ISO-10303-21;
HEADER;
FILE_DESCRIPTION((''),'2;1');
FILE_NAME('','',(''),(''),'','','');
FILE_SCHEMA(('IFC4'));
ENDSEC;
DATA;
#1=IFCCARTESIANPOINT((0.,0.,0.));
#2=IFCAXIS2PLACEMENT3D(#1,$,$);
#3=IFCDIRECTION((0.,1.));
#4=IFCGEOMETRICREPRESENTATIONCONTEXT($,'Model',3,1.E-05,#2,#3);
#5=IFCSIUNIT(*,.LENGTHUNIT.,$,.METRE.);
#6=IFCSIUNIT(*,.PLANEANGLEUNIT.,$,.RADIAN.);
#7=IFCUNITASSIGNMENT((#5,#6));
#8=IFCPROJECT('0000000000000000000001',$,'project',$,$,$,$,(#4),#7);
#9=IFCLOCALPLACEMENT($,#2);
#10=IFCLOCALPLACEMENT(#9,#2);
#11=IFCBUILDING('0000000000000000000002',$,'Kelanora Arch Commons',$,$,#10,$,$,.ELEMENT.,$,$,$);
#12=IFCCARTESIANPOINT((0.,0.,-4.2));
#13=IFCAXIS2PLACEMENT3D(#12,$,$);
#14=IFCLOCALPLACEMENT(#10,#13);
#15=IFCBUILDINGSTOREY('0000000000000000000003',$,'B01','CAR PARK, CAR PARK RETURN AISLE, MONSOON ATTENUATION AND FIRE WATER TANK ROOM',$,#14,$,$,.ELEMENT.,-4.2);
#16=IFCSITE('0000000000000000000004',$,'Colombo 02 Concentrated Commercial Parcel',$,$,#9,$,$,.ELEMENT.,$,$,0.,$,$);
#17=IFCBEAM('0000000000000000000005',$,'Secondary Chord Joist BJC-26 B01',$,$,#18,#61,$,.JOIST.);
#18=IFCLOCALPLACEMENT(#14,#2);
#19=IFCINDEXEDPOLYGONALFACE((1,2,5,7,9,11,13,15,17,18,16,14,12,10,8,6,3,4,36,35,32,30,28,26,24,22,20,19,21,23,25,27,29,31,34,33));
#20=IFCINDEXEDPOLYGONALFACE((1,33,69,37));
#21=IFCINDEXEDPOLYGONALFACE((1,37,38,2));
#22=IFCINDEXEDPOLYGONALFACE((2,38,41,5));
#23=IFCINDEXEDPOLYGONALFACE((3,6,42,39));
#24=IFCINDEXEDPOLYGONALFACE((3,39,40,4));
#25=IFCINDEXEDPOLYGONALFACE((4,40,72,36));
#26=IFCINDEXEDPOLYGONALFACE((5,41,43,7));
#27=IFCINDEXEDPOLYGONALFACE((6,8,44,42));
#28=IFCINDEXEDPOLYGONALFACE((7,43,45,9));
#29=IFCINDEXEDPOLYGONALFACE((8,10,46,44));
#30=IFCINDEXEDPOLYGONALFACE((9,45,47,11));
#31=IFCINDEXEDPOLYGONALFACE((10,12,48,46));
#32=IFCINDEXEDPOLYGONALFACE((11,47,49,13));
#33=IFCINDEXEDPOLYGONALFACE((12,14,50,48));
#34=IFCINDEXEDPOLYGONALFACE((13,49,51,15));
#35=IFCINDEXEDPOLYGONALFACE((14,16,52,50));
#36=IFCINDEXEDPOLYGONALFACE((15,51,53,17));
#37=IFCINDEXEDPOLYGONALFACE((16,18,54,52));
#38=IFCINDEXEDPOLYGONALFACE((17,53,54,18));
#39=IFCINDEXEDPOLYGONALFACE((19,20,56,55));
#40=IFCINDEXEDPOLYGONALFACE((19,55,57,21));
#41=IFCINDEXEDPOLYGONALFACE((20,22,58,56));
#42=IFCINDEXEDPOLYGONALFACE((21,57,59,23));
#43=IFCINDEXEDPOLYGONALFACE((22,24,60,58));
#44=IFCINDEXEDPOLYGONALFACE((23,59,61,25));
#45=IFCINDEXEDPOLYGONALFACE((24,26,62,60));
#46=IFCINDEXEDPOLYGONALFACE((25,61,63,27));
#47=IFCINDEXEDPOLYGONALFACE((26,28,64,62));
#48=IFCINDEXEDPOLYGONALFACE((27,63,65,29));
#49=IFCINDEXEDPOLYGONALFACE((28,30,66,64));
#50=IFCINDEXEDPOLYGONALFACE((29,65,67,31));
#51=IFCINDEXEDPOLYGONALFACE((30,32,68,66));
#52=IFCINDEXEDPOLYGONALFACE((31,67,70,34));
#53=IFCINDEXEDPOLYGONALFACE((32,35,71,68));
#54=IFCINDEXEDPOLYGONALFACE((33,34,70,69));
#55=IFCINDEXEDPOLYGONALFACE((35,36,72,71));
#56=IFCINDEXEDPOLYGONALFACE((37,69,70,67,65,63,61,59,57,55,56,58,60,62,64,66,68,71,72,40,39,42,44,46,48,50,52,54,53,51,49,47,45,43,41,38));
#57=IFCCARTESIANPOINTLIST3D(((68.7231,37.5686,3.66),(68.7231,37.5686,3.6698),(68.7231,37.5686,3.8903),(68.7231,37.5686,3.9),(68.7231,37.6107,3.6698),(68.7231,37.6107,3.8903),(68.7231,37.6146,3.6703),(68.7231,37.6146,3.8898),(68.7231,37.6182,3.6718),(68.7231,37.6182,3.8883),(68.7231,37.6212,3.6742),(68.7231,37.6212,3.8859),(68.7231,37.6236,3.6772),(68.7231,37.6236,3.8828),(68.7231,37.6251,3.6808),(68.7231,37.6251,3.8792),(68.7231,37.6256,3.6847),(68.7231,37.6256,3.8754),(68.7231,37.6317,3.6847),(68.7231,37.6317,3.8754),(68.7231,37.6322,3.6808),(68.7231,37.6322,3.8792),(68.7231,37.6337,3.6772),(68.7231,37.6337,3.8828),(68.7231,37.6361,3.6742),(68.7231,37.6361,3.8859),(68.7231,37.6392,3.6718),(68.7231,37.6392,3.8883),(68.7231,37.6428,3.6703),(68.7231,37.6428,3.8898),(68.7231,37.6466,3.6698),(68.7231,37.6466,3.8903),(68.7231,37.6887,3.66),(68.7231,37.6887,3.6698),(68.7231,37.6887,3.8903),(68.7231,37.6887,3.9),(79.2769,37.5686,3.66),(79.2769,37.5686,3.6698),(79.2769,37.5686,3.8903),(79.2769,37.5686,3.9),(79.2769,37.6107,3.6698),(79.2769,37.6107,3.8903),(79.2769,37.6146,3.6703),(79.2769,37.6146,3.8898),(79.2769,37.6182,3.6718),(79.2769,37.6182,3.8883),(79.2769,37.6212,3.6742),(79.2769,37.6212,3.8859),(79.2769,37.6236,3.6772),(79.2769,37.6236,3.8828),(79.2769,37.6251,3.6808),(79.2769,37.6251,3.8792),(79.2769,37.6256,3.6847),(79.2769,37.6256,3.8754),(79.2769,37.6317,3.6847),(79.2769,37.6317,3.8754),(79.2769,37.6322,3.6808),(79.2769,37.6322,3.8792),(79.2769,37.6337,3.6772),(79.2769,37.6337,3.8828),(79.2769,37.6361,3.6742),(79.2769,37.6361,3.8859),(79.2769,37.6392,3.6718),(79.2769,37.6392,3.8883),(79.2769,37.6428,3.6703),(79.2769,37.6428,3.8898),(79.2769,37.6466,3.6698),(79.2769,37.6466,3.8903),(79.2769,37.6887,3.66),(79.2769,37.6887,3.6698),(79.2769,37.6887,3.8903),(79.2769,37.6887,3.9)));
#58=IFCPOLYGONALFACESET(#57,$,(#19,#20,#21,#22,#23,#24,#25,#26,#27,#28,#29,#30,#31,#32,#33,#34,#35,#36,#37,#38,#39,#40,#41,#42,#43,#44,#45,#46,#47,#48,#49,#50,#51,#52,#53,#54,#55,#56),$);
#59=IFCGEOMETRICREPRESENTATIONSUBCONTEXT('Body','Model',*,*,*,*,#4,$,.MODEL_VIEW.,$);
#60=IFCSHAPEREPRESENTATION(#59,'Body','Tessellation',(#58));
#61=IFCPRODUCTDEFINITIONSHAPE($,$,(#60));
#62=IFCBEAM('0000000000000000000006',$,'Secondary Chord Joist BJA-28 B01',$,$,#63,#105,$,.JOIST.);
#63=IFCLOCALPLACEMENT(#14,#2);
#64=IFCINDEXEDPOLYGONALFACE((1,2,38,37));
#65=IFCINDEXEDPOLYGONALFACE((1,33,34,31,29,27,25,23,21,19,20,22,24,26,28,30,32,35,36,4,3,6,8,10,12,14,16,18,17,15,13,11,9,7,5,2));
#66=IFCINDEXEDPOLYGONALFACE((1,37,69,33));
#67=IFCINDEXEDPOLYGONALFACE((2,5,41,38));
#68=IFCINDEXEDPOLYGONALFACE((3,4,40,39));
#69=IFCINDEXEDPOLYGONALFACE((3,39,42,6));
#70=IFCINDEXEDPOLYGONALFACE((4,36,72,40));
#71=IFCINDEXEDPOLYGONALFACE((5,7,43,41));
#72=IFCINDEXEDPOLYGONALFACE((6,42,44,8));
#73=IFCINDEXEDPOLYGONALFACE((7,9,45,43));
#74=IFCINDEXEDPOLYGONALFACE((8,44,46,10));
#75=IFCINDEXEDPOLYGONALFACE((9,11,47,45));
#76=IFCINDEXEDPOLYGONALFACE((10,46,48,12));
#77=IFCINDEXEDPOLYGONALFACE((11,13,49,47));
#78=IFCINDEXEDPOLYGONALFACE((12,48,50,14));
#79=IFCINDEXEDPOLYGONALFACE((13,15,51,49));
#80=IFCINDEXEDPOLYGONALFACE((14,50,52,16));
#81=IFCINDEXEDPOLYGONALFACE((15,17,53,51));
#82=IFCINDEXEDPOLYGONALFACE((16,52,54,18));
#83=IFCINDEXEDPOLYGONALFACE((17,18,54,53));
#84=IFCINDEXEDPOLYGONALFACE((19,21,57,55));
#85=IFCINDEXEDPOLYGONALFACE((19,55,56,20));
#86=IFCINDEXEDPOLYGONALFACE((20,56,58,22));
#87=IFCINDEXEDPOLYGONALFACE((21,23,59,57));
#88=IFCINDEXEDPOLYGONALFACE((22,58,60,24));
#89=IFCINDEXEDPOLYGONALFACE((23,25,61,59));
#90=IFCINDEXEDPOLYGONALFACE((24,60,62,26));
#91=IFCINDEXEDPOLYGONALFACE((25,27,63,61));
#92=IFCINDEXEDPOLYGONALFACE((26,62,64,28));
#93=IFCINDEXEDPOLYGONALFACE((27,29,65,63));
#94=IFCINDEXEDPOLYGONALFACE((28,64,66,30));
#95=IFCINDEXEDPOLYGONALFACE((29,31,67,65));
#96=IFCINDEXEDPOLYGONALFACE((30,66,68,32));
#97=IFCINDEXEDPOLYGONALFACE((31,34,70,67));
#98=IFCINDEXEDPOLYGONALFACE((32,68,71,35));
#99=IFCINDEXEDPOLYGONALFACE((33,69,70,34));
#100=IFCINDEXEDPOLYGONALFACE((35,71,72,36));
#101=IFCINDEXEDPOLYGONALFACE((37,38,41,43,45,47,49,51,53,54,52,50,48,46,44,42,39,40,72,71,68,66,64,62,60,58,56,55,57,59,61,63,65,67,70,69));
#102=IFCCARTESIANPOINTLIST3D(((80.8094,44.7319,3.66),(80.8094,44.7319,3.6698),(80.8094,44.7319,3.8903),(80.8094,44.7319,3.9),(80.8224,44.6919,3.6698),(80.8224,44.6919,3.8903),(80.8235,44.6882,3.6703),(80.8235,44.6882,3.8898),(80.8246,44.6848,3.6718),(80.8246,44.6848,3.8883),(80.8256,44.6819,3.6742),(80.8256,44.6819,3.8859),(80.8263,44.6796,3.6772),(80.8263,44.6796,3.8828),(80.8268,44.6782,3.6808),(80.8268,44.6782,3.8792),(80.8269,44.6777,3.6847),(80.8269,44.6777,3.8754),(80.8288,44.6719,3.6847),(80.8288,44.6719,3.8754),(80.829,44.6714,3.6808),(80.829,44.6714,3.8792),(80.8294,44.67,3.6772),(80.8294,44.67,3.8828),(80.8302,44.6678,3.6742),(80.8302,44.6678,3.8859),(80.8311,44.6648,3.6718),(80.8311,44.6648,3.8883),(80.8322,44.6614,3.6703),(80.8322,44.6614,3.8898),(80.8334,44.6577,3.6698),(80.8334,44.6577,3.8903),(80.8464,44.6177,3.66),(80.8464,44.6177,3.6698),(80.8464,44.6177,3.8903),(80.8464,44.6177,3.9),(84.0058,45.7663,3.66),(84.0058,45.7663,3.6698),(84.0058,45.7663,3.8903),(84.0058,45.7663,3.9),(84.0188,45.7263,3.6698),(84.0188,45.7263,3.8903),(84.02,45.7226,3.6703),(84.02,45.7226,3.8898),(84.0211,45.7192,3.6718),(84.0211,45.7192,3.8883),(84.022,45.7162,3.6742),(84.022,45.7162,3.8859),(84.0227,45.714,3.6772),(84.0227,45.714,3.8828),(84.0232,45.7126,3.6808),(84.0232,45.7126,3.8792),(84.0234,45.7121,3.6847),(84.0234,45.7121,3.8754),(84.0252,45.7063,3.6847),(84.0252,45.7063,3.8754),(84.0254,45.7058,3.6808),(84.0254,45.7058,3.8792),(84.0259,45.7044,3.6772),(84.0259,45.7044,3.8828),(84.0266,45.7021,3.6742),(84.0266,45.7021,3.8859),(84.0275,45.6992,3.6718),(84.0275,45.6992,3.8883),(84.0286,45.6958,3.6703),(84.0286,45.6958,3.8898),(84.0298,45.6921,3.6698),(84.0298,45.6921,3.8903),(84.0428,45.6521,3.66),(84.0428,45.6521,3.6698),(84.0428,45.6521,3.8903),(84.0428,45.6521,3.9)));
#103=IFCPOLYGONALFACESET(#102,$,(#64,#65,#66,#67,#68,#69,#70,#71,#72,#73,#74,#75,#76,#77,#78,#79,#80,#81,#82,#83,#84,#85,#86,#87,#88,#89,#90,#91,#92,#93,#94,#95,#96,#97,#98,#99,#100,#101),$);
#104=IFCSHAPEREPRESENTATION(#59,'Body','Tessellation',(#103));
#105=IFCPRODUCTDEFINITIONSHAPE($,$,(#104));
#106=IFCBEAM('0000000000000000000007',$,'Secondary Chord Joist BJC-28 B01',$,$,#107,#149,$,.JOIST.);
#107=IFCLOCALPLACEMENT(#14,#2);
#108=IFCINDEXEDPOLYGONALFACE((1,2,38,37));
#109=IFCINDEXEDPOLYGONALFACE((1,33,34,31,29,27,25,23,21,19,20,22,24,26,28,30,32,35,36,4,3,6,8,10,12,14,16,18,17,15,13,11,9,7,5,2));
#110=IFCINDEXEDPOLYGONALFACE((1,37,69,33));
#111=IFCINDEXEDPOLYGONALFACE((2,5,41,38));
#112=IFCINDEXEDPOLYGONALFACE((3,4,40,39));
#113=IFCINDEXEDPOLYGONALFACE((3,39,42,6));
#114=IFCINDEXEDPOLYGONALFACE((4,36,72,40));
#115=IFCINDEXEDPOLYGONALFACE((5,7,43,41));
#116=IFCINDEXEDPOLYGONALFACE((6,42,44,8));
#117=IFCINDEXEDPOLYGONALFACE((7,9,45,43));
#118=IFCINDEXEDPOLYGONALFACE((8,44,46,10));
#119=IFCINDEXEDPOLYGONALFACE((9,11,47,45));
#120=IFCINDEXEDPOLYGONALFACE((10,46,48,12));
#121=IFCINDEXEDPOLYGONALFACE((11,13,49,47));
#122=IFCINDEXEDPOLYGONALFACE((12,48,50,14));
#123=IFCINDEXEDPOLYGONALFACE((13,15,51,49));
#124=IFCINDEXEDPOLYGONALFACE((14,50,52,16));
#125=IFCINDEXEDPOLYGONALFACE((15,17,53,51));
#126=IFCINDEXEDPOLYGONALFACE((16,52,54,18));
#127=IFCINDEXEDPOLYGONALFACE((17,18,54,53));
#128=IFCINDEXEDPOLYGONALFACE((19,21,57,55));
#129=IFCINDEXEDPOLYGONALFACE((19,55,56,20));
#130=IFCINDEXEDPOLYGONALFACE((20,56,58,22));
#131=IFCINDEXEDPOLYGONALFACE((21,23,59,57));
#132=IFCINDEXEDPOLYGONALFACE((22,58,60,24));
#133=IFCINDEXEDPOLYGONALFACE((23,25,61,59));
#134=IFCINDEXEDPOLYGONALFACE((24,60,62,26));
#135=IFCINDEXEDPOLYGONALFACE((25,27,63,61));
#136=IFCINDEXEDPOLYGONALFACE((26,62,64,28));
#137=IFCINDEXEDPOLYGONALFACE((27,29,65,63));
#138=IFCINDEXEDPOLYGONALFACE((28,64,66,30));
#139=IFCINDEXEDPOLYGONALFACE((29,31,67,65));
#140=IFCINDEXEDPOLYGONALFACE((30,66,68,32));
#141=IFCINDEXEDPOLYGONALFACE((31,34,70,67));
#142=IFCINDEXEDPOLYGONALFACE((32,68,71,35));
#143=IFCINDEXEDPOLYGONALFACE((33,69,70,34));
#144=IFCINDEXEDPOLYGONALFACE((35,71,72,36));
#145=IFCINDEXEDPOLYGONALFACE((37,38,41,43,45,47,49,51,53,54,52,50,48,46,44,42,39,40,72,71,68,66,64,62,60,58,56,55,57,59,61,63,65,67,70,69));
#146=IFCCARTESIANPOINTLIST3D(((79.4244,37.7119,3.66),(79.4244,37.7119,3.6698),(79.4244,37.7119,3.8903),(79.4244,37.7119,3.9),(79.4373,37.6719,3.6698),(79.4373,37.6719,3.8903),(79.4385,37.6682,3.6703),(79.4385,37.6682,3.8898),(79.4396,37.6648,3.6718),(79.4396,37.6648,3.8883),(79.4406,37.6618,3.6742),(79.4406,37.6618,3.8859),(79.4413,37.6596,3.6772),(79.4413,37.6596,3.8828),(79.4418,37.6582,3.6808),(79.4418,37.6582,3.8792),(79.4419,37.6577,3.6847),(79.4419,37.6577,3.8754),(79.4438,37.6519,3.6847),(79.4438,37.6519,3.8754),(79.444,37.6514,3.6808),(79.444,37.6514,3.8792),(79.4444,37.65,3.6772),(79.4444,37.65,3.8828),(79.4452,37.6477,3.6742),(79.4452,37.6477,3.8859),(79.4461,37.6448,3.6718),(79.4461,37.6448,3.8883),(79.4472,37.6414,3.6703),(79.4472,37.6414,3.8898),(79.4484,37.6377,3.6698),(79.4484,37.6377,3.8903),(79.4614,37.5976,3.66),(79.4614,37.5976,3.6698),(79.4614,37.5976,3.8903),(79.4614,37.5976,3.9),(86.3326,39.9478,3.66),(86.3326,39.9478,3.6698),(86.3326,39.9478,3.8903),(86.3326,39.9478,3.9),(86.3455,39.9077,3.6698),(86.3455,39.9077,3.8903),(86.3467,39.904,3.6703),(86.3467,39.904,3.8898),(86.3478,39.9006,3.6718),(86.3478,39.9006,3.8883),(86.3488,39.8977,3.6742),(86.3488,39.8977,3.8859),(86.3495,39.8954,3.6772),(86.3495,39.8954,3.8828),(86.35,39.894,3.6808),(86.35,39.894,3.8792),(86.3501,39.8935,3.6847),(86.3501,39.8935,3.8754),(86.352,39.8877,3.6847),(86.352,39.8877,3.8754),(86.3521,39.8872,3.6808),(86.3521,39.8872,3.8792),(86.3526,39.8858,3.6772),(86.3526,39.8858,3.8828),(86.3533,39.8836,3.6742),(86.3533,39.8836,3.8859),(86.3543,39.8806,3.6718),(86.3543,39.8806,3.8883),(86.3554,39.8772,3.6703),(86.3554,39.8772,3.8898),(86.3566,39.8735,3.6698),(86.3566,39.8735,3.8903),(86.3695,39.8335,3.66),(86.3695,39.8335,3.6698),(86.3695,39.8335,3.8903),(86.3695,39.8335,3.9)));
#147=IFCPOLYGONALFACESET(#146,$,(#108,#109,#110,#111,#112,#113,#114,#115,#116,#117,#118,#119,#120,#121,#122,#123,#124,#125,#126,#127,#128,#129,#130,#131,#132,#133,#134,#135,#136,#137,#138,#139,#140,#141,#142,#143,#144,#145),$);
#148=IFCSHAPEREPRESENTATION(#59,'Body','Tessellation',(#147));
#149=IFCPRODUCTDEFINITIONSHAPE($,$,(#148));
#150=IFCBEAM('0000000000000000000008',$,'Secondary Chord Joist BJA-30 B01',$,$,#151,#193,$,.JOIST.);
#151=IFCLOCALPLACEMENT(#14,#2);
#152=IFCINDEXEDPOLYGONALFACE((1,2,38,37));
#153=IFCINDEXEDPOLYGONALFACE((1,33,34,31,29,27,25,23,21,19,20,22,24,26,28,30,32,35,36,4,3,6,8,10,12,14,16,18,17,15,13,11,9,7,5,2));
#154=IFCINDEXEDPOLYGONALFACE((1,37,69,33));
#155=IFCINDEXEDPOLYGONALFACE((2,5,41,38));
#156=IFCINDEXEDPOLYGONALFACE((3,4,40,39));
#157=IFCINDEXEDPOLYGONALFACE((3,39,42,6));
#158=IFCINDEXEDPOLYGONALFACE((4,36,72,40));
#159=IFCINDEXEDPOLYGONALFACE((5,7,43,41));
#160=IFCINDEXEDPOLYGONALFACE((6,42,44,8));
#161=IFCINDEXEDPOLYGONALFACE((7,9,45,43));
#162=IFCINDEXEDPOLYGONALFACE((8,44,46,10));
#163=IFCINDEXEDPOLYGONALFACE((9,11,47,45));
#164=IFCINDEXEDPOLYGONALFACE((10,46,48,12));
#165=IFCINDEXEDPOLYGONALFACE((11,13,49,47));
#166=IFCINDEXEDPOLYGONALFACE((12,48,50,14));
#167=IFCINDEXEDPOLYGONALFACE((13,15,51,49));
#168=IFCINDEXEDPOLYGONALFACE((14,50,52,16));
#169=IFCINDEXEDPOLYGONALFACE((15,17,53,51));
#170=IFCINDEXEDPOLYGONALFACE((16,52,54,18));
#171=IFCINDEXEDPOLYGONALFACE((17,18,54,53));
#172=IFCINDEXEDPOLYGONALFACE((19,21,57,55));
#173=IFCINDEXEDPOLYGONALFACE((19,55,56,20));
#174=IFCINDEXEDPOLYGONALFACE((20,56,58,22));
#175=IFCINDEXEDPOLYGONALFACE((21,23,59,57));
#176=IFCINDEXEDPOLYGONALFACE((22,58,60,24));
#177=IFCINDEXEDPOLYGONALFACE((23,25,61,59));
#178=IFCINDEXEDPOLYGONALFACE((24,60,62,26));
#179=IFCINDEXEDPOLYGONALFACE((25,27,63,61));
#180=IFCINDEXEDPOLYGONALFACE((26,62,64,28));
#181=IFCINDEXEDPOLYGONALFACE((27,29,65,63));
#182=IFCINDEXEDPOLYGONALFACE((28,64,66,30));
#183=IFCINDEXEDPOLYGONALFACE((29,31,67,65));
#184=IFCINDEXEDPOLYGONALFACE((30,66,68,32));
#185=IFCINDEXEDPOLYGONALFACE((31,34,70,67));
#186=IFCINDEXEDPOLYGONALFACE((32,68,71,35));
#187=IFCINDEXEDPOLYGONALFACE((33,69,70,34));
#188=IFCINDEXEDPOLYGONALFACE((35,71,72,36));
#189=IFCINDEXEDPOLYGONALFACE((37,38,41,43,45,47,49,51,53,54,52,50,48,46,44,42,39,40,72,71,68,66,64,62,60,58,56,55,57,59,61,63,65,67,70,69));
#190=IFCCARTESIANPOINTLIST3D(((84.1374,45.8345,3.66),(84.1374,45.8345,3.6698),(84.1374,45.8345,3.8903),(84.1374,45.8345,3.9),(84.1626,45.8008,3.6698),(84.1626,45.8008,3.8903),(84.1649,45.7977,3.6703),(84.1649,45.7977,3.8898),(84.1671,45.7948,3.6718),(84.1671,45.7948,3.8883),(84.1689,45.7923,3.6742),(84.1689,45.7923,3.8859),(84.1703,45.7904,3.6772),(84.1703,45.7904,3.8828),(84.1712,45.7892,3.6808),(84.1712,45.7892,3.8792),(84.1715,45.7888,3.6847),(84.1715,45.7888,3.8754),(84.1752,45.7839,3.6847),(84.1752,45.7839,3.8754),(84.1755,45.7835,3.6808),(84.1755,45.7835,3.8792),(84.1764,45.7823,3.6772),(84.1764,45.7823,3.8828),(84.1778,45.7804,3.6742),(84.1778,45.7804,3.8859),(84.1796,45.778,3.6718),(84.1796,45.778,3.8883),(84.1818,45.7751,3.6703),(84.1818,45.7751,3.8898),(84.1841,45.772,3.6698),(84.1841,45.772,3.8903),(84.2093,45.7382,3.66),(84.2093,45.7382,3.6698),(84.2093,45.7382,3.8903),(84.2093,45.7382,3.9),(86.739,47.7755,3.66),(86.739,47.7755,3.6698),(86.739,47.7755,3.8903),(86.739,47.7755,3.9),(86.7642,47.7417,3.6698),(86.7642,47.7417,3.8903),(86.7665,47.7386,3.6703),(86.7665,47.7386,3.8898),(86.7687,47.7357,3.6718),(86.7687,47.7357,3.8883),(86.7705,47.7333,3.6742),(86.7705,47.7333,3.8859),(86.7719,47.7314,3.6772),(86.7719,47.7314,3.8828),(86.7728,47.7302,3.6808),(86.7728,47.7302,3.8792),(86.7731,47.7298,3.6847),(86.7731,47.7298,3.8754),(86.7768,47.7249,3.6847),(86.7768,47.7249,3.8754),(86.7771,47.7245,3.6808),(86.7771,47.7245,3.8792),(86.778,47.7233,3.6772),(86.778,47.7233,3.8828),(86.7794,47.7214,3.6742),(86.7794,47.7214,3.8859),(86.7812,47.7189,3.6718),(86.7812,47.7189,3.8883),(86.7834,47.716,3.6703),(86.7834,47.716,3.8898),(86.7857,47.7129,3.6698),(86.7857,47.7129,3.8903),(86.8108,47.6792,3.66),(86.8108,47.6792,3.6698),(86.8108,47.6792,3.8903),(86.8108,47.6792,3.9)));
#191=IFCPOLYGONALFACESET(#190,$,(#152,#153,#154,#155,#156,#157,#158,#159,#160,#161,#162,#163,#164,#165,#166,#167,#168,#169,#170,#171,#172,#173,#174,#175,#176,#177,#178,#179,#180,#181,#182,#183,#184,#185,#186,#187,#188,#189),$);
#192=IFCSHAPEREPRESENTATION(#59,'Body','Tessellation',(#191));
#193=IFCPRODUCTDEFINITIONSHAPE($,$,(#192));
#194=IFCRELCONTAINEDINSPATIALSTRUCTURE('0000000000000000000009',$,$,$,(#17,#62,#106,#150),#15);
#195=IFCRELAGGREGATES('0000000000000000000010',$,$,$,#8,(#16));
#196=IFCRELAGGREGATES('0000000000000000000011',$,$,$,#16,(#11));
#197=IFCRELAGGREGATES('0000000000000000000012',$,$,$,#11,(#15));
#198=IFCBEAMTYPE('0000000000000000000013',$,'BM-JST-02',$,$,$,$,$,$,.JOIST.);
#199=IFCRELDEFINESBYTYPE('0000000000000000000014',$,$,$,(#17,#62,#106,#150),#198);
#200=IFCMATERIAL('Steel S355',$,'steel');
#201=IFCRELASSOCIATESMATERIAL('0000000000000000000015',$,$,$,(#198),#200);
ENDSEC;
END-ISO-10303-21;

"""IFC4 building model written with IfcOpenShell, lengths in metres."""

from ifc_helpers import new_model, si_unit, direction, frame, origin, origin_2d, place, context, subcontext, project, spatial, i_section, extrude, material, material_profile, profile_set, type_object, element, save


model = new_model("IFC4")

# Units and contexts
model_context = context("Model", 3, precision=1e-05, world=origin(), true_north=direction((0.0, 1.0)))
body_context = subcontext(model_context, "Body", "Model", "MODEL_VIEW")
ifc_project = project(units=[si_unit("LENGTHUNIT", "METRE"), si_unit("PLANEANGLEUNIT", "RADIAN")], contexts=[model_context])

# Site, building, storey
site_placement = place(None, origin())
site = spatial("IfcSite", under=ifc_project, at=site_placement, Name="Colombo 02 Concentrated Commercial Parcel", CompositionType="ELEMENT", RefElevation=0.0)
building_placement = place(site_placement, origin())
building = spatial("IfcBuilding", under=site, at=building_placement, Name="Kelanora Arch Commons", CompositionType="ELEMENT")
storey_placement = place(building_placement, frame((0.0, 0.0, -4.2)))
storey = spatial("IfcBuildingStorey", under=building, at=storey_placement, Name="B01", Description="CAR PARK, CAR PARK RETURN AISLE, MONSOON ATTENUATION AND FIRE WATER TANK ROOM", CompositionType="ELEMENT", Elevation=-4.2)

# Beams
ifc_material_1 = material(Name="Steel S355", Category="steel")
ifc_material_profile_1 = material_profile(ifc_material_1, i_section(OverallWidth=0.1201, OverallDepth=0.24, WebThickness=0.0061, FlangeThickness=0.0098, FilletRadius=0.0149, at=origin_2d()), Name="IPE240")
ifc_profile_set_1 = profile_set([ifc_material_profile_1], Name="Steel S355")
beam_type_1 = type_object("IfcBeamType", Name="BM-JST-02", PredefinedType="JOIST", material=ifc_profile_set_1)
beam_1_placement = place(storey_placement, frame((68.7231, 37.6287, 3.78), z_axis=(1.0, 0.0, 0.0), x_axis=(0.0, 1.0, 0.0)))
element("IfcBeam", 1, at=beam_1_placement, inside=storey, type_object=beam_type_1, Name="Secondary Chord Joist BJC-26 B01", PredefinedType="JOIST", context=body_context, shape_type="SweptSolid", body=[
    extrude(i_section(OverallWidth=0.1201, OverallDepth=0.24, WebThickness=0.0061, FlangeThickness=0.0098, FilletRadius=0.0149, at=origin_2d()), origin(), (0.0, 0.0, 1.0), 10.5537),
])
beam_2_placement = place(storey_placement, frame((80.8279, 44.6748, 3.78), z_axis=(0.951423, 0.307888, 0.0), x_axis=(-0.307888, 0.951423, 0.0)))
element("IfcBeam", 2, at=beam_2_placement, inside=storey, type_object=beam_type_1, Name="Secondary Chord Joist BJA-28 B01", PredefinedType="JOIST", context=body_context, shape_type="SweptSolid", body=[
    extrude(i_section(OverallWidth=0.1201, OverallDepth=0.24, WebThickness=0.0061, FlangeThickness=0.0098, FilletRadius=0.0149, at=origin_2d()), origin(), (0.0, 0.0, 1.0), 3.3596),
])
beam_3_placement = place(storey_placement, frame((79.4429, 37.6548, 3.78), z_axis=(0.951411, 0.307924, 0.0), x_axis=(-0.307924, 0.951411, 0.0)))
element("IfcBeam", 3, at=beam_3_placement, inside=storey, type_object=beam_type_1, Name="Secondary Chord Joist BJC-28 B01", PredefinedType="JOIST", context=body_context, shape_type="SweptSolid", body=[
    extrude(i_section(OverallWidth=0.1201, OverallDepth=0.24, WebThickness=0.0061, FlangeThickness=0.0098, FilletRadius=0.0149, at=origin_2d()), origin(), (0.0, 0.0, 1.0), 7.261),
])
beam_4_placement = place(storey_placement, frame((84.1733, 45.7864, 3.78), z_axis=(0.801514, 0.597976, 0.0), x_axis=(-0.597976, 0.801514, 0.0)))
element("IfcBeam", 4, at=beam_4_placement, inside=storey, type_object=beam_type_1, Name="Secondary Chord Joist BJA-30 B01", PredefinedType="JOIST", context=body_context, shape_type="SweptSolid", body=[
    extrude(i_section(OverallWidth=0.1201, OverallDepth=0.24, WebThickness=0.0061, FlangeThickness=0.0098, FilletRadius=0.0149, at=origin_2d()), origin(), (0.0, 0.0, 1.0), 3.2458),
])

save(model, "model.ifc")
